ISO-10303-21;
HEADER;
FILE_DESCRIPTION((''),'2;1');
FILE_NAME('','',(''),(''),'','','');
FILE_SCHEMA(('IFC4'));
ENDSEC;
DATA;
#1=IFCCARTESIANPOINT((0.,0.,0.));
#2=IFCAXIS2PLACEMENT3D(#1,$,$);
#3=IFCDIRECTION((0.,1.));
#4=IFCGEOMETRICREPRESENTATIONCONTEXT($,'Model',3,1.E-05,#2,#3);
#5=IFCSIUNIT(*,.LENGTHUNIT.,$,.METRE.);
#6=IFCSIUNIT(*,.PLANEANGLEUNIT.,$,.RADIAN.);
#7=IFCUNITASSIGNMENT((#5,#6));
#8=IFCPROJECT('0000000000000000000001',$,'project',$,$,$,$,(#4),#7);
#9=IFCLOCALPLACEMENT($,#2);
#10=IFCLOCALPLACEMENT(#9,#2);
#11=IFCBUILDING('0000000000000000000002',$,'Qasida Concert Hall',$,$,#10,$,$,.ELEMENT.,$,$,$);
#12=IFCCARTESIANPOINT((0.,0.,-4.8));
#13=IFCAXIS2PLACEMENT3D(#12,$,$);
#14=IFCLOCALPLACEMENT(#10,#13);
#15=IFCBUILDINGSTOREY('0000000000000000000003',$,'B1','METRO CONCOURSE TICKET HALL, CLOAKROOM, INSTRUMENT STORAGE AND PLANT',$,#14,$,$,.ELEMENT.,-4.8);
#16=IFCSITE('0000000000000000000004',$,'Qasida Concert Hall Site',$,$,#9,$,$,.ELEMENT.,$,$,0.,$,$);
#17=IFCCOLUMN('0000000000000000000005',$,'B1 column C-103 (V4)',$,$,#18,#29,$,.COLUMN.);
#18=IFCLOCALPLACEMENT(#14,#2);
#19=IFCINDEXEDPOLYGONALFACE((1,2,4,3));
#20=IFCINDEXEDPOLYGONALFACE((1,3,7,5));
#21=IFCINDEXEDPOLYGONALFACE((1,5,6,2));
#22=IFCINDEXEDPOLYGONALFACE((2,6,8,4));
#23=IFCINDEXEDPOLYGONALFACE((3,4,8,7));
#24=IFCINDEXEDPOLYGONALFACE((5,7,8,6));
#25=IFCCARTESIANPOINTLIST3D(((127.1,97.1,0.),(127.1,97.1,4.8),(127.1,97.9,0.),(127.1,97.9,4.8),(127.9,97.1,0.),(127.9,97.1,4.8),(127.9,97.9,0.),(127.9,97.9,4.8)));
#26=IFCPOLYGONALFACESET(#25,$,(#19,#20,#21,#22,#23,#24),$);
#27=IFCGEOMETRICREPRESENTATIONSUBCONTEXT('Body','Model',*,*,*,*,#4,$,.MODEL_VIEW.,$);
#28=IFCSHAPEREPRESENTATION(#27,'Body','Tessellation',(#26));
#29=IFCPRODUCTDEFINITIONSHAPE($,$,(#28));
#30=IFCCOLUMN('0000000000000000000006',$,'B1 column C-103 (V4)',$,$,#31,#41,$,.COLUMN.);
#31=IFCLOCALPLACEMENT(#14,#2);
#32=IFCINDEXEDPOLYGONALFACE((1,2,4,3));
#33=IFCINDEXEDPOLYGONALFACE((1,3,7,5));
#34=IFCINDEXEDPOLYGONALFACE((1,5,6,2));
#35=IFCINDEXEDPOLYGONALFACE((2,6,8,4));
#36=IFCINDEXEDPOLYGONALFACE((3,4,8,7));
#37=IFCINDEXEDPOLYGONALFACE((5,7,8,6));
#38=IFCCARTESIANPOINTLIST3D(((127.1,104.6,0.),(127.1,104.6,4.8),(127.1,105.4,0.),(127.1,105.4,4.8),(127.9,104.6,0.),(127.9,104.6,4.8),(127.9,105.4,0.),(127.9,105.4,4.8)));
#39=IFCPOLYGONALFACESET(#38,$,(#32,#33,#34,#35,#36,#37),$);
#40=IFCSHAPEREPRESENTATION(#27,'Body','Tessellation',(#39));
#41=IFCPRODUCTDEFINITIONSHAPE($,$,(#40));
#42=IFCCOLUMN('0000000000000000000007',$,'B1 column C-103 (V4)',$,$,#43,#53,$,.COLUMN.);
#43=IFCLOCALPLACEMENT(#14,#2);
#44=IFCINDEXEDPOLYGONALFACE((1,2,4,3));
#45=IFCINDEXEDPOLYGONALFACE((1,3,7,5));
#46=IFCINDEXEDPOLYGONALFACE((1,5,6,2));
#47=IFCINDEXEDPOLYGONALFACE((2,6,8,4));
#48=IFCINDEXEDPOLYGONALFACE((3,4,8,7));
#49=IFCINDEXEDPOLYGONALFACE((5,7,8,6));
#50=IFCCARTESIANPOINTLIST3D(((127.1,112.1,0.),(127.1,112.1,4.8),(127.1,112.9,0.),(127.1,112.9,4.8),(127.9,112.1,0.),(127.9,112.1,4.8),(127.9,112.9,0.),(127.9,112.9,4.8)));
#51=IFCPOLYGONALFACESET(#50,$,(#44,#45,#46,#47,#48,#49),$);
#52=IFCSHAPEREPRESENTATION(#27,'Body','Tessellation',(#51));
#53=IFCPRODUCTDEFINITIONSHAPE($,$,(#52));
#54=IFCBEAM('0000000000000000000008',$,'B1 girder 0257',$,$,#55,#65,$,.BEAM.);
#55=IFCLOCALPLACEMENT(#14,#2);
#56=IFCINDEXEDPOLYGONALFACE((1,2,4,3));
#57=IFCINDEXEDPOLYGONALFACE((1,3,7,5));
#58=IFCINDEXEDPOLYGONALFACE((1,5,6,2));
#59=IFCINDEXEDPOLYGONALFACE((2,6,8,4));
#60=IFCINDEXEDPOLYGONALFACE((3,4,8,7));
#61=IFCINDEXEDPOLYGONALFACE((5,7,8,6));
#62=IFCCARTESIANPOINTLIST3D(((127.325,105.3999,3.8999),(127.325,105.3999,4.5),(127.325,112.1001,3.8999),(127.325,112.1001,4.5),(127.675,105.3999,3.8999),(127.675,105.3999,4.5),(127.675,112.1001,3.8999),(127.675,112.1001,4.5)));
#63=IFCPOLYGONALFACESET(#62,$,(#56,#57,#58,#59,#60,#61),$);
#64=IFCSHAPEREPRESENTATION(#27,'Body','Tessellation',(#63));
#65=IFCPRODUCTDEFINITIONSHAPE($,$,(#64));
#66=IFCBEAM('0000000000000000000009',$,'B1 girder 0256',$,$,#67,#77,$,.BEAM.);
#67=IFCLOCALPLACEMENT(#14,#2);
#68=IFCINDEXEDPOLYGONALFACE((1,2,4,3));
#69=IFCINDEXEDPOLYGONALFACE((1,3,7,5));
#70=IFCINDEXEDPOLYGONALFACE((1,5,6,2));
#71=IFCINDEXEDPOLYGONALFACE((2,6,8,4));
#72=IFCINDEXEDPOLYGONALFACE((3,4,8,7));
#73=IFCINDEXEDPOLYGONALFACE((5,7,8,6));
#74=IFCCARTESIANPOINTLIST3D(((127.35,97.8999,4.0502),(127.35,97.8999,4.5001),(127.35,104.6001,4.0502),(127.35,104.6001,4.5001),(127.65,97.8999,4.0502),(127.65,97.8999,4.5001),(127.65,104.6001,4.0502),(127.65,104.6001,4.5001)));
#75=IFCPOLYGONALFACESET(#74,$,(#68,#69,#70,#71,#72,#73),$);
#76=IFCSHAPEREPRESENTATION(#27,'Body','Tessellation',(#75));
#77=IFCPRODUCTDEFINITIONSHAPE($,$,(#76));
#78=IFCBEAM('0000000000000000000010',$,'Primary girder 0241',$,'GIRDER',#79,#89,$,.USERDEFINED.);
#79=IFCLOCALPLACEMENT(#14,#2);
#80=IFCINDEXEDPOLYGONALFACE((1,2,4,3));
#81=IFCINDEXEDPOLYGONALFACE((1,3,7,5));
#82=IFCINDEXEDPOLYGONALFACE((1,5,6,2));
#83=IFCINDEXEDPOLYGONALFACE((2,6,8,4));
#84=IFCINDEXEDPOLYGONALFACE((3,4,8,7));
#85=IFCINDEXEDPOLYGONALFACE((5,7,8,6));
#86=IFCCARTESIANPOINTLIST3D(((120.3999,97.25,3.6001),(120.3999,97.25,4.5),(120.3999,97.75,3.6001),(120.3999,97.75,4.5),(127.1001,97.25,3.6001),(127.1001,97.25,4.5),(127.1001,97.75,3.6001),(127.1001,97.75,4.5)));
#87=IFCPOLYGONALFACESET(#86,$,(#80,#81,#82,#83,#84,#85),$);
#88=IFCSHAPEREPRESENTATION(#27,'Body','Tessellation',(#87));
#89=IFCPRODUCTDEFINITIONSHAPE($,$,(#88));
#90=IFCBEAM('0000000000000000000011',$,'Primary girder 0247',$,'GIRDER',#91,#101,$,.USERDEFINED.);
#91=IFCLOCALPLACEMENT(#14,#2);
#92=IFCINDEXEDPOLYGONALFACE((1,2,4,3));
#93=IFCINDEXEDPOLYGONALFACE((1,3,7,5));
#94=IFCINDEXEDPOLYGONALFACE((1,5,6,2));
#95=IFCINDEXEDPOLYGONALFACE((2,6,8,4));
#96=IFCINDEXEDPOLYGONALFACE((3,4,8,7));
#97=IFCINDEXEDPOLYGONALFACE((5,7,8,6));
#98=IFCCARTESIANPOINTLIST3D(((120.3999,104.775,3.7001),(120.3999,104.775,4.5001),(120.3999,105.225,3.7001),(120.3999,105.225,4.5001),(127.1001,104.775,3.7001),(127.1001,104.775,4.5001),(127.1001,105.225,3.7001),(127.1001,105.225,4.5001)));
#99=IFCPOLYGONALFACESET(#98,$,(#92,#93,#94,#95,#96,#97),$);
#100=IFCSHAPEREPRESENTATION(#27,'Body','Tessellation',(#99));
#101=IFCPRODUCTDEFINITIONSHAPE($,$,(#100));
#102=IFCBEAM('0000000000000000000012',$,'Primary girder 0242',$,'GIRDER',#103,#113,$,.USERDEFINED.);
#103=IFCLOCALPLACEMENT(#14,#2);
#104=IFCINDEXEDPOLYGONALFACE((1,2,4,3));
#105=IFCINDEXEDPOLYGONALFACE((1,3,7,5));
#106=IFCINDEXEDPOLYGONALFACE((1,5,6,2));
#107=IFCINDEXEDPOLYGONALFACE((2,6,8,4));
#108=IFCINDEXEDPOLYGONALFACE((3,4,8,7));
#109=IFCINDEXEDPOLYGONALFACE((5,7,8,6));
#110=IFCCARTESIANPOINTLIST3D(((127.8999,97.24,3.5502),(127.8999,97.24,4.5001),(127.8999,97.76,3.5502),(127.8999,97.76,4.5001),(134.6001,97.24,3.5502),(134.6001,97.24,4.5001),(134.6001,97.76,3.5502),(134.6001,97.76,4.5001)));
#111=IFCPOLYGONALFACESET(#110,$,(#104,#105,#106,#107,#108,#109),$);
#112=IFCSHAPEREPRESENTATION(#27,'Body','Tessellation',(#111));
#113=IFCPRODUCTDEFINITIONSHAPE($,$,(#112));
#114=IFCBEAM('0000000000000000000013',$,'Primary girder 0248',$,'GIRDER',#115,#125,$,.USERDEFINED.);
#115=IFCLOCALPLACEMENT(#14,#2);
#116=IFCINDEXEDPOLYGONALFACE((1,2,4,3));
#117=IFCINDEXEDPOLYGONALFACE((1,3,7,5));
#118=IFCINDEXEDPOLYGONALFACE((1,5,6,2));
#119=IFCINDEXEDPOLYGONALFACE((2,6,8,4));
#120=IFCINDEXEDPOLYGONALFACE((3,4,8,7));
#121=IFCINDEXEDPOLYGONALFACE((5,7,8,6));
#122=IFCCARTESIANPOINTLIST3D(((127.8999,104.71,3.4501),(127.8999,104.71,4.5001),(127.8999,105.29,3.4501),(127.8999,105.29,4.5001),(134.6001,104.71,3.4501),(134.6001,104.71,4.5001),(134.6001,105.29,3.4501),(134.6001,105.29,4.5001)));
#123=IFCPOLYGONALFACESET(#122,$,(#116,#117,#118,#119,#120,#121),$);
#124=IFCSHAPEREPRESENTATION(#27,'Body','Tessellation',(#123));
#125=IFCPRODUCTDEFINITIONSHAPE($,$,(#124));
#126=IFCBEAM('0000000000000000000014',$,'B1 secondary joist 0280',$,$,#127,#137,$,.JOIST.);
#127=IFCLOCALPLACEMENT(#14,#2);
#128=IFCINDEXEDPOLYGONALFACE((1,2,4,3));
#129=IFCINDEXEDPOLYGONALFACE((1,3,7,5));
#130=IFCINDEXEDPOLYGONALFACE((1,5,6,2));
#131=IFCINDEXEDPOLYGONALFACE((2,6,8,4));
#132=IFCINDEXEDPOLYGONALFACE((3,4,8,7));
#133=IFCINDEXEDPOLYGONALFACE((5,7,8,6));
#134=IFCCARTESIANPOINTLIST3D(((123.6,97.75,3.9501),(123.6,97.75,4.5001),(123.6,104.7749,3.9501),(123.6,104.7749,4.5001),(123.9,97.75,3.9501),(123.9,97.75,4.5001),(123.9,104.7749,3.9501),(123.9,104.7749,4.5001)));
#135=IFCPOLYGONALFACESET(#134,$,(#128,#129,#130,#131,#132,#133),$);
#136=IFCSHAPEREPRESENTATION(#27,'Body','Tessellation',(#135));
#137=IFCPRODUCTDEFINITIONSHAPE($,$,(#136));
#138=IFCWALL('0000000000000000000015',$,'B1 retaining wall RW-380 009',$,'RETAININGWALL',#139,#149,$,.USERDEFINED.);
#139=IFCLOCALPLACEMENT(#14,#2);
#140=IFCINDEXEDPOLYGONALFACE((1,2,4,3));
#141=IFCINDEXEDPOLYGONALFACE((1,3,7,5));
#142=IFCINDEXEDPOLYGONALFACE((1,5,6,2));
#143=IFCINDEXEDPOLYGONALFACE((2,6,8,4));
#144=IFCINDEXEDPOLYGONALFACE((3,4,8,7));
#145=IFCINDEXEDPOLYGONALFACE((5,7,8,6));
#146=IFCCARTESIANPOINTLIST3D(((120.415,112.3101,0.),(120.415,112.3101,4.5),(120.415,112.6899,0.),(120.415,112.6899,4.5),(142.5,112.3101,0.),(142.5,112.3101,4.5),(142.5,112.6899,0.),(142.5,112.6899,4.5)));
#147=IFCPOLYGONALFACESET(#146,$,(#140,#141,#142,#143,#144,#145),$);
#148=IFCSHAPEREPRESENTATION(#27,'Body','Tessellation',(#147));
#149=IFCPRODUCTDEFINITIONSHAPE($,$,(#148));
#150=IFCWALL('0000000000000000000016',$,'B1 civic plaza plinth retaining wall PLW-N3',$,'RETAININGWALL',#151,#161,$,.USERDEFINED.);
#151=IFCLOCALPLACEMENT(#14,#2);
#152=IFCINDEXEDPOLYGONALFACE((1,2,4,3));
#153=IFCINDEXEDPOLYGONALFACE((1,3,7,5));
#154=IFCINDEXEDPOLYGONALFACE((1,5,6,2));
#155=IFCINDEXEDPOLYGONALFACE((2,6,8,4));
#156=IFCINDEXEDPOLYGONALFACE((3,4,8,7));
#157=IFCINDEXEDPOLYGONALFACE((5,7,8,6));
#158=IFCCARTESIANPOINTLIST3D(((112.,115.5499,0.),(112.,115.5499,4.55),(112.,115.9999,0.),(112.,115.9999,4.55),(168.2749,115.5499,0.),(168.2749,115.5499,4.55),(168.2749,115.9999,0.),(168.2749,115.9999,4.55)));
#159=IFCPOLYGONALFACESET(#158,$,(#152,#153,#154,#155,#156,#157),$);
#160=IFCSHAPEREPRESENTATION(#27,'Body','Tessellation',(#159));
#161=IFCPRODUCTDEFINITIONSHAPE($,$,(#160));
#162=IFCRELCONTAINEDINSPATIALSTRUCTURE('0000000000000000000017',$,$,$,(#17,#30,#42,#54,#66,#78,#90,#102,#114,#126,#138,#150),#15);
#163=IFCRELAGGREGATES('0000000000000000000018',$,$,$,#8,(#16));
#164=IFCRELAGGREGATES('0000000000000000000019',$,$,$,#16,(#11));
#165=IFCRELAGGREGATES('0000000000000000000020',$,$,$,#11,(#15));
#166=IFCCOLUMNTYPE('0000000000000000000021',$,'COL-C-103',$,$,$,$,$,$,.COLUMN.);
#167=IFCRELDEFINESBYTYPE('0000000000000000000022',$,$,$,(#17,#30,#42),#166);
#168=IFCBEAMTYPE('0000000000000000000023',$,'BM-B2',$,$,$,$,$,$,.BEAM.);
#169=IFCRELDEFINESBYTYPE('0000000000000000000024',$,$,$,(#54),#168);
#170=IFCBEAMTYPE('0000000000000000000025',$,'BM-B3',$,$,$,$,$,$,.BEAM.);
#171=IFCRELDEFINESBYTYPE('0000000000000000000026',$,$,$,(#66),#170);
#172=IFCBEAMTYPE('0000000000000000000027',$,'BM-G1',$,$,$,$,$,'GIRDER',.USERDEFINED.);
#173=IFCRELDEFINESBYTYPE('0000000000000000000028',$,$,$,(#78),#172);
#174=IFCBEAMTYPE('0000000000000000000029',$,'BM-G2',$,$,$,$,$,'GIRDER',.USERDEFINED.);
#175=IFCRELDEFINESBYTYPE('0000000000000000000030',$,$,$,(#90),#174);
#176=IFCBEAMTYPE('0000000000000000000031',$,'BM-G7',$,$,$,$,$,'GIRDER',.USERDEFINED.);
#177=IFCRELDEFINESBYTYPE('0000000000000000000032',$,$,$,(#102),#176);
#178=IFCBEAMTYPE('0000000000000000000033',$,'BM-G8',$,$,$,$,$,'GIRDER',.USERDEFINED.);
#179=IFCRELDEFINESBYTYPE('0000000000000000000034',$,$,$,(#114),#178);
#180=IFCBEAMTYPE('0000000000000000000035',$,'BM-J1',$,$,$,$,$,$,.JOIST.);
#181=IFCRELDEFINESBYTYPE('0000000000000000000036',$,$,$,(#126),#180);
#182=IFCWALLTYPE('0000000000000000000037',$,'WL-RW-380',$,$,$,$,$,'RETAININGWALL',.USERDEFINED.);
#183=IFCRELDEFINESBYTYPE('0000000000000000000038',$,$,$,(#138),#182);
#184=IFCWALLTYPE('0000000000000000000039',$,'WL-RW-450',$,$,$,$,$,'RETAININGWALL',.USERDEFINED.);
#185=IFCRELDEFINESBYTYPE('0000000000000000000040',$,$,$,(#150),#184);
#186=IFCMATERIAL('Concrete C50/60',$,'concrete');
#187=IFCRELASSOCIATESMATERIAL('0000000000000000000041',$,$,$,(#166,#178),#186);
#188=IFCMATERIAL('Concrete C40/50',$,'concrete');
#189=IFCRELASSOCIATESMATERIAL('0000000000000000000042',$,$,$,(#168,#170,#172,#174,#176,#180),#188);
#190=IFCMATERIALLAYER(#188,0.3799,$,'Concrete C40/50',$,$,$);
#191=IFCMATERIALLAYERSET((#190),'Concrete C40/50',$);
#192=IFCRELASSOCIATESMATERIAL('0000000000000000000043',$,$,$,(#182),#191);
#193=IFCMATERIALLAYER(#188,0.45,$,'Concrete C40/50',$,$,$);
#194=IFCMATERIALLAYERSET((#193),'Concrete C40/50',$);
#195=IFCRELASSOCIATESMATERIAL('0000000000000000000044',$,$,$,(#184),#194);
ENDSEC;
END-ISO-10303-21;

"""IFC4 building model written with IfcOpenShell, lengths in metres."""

from ifc_helpers import new_model, si_unit, direction, frame, frame_2d, origin, origin_2d, place, context, subcontext, project, spatial, rectangle, extrude, material, layer, layer_set, material_profile, profile_set, type_object, element, save


model = new_model("IFC4")

# Units and contexts
model_context = context("Model", 3, precision=1e-05, world=origin(), true_north=direction((0.0, 1.0)))
body_context = subcontext(model_context, "Body", "Model", "MODEL_VIEW")
ifc_project = project(units=[si_unit("LENGTHUNIT", "METRE"), si_unit("PLANEANGLEUNIT", "RADIAN")], contexts=[model_context])

# Site, building, storey
site_placement = place(None, origin())
site = spatial("IfcSite", under=ifc_project, at=site_placement, Name="Qasida Concert Hall Site", CompositionType="ELEMENT", RefElevation=0.0)
building_placement = place(site_placement, origin())
building = spatial("IfcBuilding", under=site, at=building_placement, Name="Qasida Concert Hall", CompositionType="ELEMENT")
storey_placement = place(building_placement, frame((0.0, 0.0, -4.8)))
storey = spatial("IfcBuildingStorey", under=building, at=storey_placement, Name="B1", Description="METRO CONCOURSE TICKET HALL, CLOAKROOM, INSTRUMENT STORAGE AND PLANT", CompositionType="ELEMENT", Elevation=-4.8)

# Shared definitions
ifc_material_1 = material(Name="Concrete C40/50", Category="concrete")

# Columns
ifc_material_2 = material(Name="Concrete C50/60", Category="concrete")
ifc_material_profile_1 = material_profile(ifc_material_2, rectangle(XDim=0.8, YDim=0.8, at=origin_2d()), Name="RC 800x800")
ifc_profile_set_1 = profile_set([ifc_material_profile_1], Name="Concrete C50/60")
column_type = type_object("IfcColumnType", Name="COL-C-103", PredefinedType="COLUMN", material=ifc_profile_set_1)
for number, where, z_axis, x_axis, name in (
    (1, (127.5, 97.5, 0.0), (0.0, 0.0, 1.0), (1.0, 0.0, 0.0), "B1 column C-103 (V4)"),
    (2, (127.5, 105.0, 0.0), (0.0, 0.0, 1.0), (1.0, 0.0, 0.0), "B1 column C-103 (V4)"),
    (3, (127.5, 112.5, 0.0), (0.0, 0.0, 1.0), (1.0, 0.0, 0.0), "B1 column C-103 (V4)"),
):
    element("IfcColumn", number, at=place(storey_placement, frame(where, z_axis=z_axis, x_axis=x_axis)), inside=storey, type_object=column_type, Name=name, PredefinedType="COLUMN", context=body_context, shape_type="SweptSolid", body=[
        extrude(rectangle(XDim=0.8, YDim=0.8, at=origin_2d()), origin(), (0.0, 0.0, 1.0), 4.8),
    ])

# Beams
ifc_material_profile_2 = material_profile(ifc_material_1, rectangle(XDim=0.3501, YDim=0.6001, at=origin_2d()), Name="RC 350x600")
ifc_profile_set_2 = profile_set([ifc_material_profile_2], Name="Concrete C40/50")
beam_type_1 = type_object("IfcBeamType", Name="BM-B2", PredefinedType="BEAM", material=ifc_profile_set_2)
beam_1_placement = place(storey_placement, frame((127.5, 105.3999, 4.2), z_axis=(0.0, 1.0, 0.0), x_axis=(-1.0, 0.0, 0.0)))
element("IfcBeam", 4, at=beam_1_placement, inside=storey, type_object=beam_type_1, Name="B1 girder 0257", PredefinedType="BEAM", context=body_context, shape_type="SweptSolid", body=[
    extrude(rectangle(XDim=0.3501, YDim=0.6001, at=origin_2d()), origin(), (0.0, 0.0, 1.0), 6.7002),
])
ifc_material_profile_3 = material_profile(ifc_material_1, rectangle(XDim=0.3, YDim=0.45, at=origin_2d()), Name="RC 300x450")
ifc_profile_set_3 = profile_set([ifc_material_profile_3], Name="Concrete C40/50")
beam_type_2 = type_object("IfcBeamType", Name="BM-B3", PredefinedType="BEAM", material=ifc_profile_set_3)
beam_2_placement = place(storey_placement, frame((127.5, 97.8999, 4.2751), z_axis=(0.0, 1.0, 0.0), x_axis=(-1.0, 0.0, 0.0)))
element("IfcBeam", 5, at=beam_2_placement, inside=storey, type_object=beam_type_2, Name="B1 girder 0256", PredefinedType="BEAM", context=body_context, shape_type="SweptSolid", body=[
    extrude(rectangle(XDim=0.3, YDim=0.45, at=origin_2d()), origin(), (0.0, 0.0, 1.0), 6.7002),
])
ifc_material_profile_4 = material_profile(ifc_material_1, rectangle(XDim=0.5, YDim=0.8999, at=origin_2d()), Name="RC 500x900")
ifc_profile_set_4 = profile_set([ifc_material_profile_4], Name="Concrete C40/50")
beam_type_3 = type_object("IfcBeamType", Name="BM-G1", ElementType="GIRDER", PredefinedType="USERDEFINED", material=ifc_profile_set_4)
beam_3_placement = place(storey_placement, frame((120.3999, 97.5, 4.05), z_axis=(1.0, 0.0, 0.0), x_axis=(0.0, 1.0, 0.0)))
element("IfcBeam", 6, at=beam_3_placement, inside=storey, type_object=beam_type_3, Name="Primary girder 0241", ObjectType="GIRDER", PredefinedType="USERDEFINED", context=body_context, shape_type="SweptSolid", body=[
    extrude(rectangle(XDim=0.5, YDim=0.8999, at=origin_2d()), origin(), (0.0, 0.0, 1.0), 6.7002),
])
ifc_material_profile_5 = material_profile(ifc_material_1, rectangle(XDim=0.45, YDim=0.8, at=origin_2d()), Name="RC 450x800")
ifc_profile_set_5 = profile_set([ifc_material_profile_5], Name="Concrete C40/50")
beam_type_4 = type_object("IfcBeamType", Name="BM-G2", ElementType="GIRDER", PredefinedType="USERDEFINED", material=ifc_profile_set_5)
beam_4_placement = place(storey_placement, frame((120.3999, 105.0, 4.1001), z_axis=(1.0, 0.0, 0.0), x_axis=(0.0, 1.0, 0.0)))
element("IfcBeam", 7, at=beam_4_placement, inside=storey, type_object=beam_type_4, Name="Primary girder 0247", ObjectType="GIRDER", PredefinedType="USERDEFINED", context=body_context, shape_type="SweptSolid", body=[
    extrude(rectangle(XDim=0.45, YDim=0.8, at=origin_2d()), origin(), (0.0, 0.0, 1.0), 6.7002),
])
ifc_material_profile_6 = material_profile(ifc_material_1, rectangle(XDim=0.52, YDim=0.95, at=origin_2d()), Name="RC 520x950")
ifc_profile_set_6 = profile_set([ifc_material_profile_6], Name="Concrete C40/50")
beam_type_5 = type_object("IfcBeamType", Name="BM-G7", ElementType="GIRDER", PredefinedType="USERDEFINED", material=ifc_profile_set_6)
beam_5_placement = place(storey_placement, frame((127.8999, 97.5, 4.0251), z_axis=(1.0, 0.0, 0.0), x_axis=(0.0, 1.0, 0.0)))
element("IfcBeam", 8, at=beam_5_placement, inside=storey, type_object=beam_type_5, Name="Primary girder 0242", ObjectType="GIRDER", PredefinedType="USERDEFINED", context=body_context, shape_type="SweptSolid", body=[
    extrude(rectangle(XDim=0.52, YDim=0.95, at=origin_2d()), origin(), (0.0, 0.0, 1.0), 6.7002),
])
ifc_material_profile_7 = material_profile(ifc_material_2, rectangle(XDim=0.5801, YDim=1.05, at=origin_2d()), Name="RC 580x1050")
ifc_profile_set_7 = profile_set([ifc_material_profile_7], Name="Concrete C50/60")
beam_type_6 = type_object("IfcBeamType", Name="BM-G8", ElementType="GIRDER", PredefinedType="USERDEFINED", material=ifc_profile_set_7)
beam_6_placement = place(storey_placement, frame((127.8999, 105.0, 3.9751), z_axis=(1.0, 0.0, 0.0), x_axis=(0.0, 1.0, 0.0)))
element("IfcBeam", 9, at=beam_6_placement, inside=storey, type_object=beam_type_6, Name="Primary girder 0248", ObjectType="GIRDER", PredefinedType="USERDEFINED", context=body_context, shape_type="SweptSolid", body=[
    extrude(rectangle(XDim=0.5801, YDim=1.05, at=origin_2d()), origin(), (0.0, 0.0, 1.0), 6.7002),
])
ifc_material_profile_8 = material_profile(ifc_material_1, rectangle(XDim=0.3, YDim=0.55, at=origin_2d()), Name="RC 300x550")
ifc_profile_set_8 = profile_set([ifc_material_profile_8], Name="Concrete C40/50")
beam_type_7 = type_object("IfcBeamType", Name="BM-J1", PredefinedType="JOIST", material=ifc_profile_set_8)
beam_7_placement = place(storey_placement, frame((123.75, 97.75, 4.2251), z_axis=(0.0, 1.0, 0.0), x_axis=(-1.0, 0.0, 0.0)))
element("IfcBeam", 10, at=beam_7_placement, inside=storey, type_object=beam_type_7, Name="B1 secondary joist 0280", PredefinedType="JOIST", context=body_context, shape_type="SweptSolid", body=[
    extrude(rectangle(XDim=0.3, YDim=0.55, at=origin_2d()), origin(), (0.0, 0.0, 1.0), 7.0249),
])

# Walls
ifc_layer_1 = layer(ifc_material_1, 0.3799, Name="Concrete C40/50")
ifc_layer_set_1 = layer_set([ifc_layer_1], Name="Concrete C40/50")
wall_type_1 = type_object("IfcWallType", Name="WL-RW-380", ElementType="RETAININGWALL", PredefinedType="USERDEFINED", material=ifc_layer_set_1)
wall_1_placement = place(storey_placement, frame((120.415, 112.5, 0.0), z_axis=(0.0, 0.0, 1.0), x_axis=(1.0, 0.0, 0.0)))
element("IfcWall", 11, at=wall_1_placement, inside=storey, type_object=wall_type_1, Name="B1 retaining wall RW-380 009", ObjectType="RETAININGWALL", PredefinedType="USERDEFINED", context=body_context, shape_type="SweptSolid", body=[
    extrude(rectangle(XDim=22.085, YDim=0.3799, at=frame_2d((11.0425, 0.0))), origin(), (0.0, 0.0, 1.0), 4.5),
])
ifc_layer_2 = layer(ifc_material_1, 0.45, Name="Concrete C40/50")
ifc_layer_set_2 = layer_set([ifc_layer_2], Name="Concrete C40/50")
wall_type_2 = type_object("IfcWallType", Name="WL-RW-450", ElementType="RETAININGWALL", PredefinedType="USERDEFINED", material=ifc_layer_set_2)
wall_2_placement = place(storey_placement, frame((112.0, 115.7749, 0.0), z_axis=(0.0, 0.0, 1.0), x_axis=(1.0, 0.0, 0.0)))
element("IfcWall", 12, at=wall_2_placement, inside=storey, type_object=wall_type_2, Name="B1 civic plaza plinth retaining wall PLW-N3", ObjectType="RETAININGWALL", PredefinedType="USERDEFINED", context=body_context, shape_type="SweptSolid", body=[
    extrude(rectangle(XDim=56.2749, YDim=0.45, at=frame_2d((28.1375, 0.0))), origin(), (0.0, 0.0, 1.0), 4.55),
])

save(model, "model.ifc")
